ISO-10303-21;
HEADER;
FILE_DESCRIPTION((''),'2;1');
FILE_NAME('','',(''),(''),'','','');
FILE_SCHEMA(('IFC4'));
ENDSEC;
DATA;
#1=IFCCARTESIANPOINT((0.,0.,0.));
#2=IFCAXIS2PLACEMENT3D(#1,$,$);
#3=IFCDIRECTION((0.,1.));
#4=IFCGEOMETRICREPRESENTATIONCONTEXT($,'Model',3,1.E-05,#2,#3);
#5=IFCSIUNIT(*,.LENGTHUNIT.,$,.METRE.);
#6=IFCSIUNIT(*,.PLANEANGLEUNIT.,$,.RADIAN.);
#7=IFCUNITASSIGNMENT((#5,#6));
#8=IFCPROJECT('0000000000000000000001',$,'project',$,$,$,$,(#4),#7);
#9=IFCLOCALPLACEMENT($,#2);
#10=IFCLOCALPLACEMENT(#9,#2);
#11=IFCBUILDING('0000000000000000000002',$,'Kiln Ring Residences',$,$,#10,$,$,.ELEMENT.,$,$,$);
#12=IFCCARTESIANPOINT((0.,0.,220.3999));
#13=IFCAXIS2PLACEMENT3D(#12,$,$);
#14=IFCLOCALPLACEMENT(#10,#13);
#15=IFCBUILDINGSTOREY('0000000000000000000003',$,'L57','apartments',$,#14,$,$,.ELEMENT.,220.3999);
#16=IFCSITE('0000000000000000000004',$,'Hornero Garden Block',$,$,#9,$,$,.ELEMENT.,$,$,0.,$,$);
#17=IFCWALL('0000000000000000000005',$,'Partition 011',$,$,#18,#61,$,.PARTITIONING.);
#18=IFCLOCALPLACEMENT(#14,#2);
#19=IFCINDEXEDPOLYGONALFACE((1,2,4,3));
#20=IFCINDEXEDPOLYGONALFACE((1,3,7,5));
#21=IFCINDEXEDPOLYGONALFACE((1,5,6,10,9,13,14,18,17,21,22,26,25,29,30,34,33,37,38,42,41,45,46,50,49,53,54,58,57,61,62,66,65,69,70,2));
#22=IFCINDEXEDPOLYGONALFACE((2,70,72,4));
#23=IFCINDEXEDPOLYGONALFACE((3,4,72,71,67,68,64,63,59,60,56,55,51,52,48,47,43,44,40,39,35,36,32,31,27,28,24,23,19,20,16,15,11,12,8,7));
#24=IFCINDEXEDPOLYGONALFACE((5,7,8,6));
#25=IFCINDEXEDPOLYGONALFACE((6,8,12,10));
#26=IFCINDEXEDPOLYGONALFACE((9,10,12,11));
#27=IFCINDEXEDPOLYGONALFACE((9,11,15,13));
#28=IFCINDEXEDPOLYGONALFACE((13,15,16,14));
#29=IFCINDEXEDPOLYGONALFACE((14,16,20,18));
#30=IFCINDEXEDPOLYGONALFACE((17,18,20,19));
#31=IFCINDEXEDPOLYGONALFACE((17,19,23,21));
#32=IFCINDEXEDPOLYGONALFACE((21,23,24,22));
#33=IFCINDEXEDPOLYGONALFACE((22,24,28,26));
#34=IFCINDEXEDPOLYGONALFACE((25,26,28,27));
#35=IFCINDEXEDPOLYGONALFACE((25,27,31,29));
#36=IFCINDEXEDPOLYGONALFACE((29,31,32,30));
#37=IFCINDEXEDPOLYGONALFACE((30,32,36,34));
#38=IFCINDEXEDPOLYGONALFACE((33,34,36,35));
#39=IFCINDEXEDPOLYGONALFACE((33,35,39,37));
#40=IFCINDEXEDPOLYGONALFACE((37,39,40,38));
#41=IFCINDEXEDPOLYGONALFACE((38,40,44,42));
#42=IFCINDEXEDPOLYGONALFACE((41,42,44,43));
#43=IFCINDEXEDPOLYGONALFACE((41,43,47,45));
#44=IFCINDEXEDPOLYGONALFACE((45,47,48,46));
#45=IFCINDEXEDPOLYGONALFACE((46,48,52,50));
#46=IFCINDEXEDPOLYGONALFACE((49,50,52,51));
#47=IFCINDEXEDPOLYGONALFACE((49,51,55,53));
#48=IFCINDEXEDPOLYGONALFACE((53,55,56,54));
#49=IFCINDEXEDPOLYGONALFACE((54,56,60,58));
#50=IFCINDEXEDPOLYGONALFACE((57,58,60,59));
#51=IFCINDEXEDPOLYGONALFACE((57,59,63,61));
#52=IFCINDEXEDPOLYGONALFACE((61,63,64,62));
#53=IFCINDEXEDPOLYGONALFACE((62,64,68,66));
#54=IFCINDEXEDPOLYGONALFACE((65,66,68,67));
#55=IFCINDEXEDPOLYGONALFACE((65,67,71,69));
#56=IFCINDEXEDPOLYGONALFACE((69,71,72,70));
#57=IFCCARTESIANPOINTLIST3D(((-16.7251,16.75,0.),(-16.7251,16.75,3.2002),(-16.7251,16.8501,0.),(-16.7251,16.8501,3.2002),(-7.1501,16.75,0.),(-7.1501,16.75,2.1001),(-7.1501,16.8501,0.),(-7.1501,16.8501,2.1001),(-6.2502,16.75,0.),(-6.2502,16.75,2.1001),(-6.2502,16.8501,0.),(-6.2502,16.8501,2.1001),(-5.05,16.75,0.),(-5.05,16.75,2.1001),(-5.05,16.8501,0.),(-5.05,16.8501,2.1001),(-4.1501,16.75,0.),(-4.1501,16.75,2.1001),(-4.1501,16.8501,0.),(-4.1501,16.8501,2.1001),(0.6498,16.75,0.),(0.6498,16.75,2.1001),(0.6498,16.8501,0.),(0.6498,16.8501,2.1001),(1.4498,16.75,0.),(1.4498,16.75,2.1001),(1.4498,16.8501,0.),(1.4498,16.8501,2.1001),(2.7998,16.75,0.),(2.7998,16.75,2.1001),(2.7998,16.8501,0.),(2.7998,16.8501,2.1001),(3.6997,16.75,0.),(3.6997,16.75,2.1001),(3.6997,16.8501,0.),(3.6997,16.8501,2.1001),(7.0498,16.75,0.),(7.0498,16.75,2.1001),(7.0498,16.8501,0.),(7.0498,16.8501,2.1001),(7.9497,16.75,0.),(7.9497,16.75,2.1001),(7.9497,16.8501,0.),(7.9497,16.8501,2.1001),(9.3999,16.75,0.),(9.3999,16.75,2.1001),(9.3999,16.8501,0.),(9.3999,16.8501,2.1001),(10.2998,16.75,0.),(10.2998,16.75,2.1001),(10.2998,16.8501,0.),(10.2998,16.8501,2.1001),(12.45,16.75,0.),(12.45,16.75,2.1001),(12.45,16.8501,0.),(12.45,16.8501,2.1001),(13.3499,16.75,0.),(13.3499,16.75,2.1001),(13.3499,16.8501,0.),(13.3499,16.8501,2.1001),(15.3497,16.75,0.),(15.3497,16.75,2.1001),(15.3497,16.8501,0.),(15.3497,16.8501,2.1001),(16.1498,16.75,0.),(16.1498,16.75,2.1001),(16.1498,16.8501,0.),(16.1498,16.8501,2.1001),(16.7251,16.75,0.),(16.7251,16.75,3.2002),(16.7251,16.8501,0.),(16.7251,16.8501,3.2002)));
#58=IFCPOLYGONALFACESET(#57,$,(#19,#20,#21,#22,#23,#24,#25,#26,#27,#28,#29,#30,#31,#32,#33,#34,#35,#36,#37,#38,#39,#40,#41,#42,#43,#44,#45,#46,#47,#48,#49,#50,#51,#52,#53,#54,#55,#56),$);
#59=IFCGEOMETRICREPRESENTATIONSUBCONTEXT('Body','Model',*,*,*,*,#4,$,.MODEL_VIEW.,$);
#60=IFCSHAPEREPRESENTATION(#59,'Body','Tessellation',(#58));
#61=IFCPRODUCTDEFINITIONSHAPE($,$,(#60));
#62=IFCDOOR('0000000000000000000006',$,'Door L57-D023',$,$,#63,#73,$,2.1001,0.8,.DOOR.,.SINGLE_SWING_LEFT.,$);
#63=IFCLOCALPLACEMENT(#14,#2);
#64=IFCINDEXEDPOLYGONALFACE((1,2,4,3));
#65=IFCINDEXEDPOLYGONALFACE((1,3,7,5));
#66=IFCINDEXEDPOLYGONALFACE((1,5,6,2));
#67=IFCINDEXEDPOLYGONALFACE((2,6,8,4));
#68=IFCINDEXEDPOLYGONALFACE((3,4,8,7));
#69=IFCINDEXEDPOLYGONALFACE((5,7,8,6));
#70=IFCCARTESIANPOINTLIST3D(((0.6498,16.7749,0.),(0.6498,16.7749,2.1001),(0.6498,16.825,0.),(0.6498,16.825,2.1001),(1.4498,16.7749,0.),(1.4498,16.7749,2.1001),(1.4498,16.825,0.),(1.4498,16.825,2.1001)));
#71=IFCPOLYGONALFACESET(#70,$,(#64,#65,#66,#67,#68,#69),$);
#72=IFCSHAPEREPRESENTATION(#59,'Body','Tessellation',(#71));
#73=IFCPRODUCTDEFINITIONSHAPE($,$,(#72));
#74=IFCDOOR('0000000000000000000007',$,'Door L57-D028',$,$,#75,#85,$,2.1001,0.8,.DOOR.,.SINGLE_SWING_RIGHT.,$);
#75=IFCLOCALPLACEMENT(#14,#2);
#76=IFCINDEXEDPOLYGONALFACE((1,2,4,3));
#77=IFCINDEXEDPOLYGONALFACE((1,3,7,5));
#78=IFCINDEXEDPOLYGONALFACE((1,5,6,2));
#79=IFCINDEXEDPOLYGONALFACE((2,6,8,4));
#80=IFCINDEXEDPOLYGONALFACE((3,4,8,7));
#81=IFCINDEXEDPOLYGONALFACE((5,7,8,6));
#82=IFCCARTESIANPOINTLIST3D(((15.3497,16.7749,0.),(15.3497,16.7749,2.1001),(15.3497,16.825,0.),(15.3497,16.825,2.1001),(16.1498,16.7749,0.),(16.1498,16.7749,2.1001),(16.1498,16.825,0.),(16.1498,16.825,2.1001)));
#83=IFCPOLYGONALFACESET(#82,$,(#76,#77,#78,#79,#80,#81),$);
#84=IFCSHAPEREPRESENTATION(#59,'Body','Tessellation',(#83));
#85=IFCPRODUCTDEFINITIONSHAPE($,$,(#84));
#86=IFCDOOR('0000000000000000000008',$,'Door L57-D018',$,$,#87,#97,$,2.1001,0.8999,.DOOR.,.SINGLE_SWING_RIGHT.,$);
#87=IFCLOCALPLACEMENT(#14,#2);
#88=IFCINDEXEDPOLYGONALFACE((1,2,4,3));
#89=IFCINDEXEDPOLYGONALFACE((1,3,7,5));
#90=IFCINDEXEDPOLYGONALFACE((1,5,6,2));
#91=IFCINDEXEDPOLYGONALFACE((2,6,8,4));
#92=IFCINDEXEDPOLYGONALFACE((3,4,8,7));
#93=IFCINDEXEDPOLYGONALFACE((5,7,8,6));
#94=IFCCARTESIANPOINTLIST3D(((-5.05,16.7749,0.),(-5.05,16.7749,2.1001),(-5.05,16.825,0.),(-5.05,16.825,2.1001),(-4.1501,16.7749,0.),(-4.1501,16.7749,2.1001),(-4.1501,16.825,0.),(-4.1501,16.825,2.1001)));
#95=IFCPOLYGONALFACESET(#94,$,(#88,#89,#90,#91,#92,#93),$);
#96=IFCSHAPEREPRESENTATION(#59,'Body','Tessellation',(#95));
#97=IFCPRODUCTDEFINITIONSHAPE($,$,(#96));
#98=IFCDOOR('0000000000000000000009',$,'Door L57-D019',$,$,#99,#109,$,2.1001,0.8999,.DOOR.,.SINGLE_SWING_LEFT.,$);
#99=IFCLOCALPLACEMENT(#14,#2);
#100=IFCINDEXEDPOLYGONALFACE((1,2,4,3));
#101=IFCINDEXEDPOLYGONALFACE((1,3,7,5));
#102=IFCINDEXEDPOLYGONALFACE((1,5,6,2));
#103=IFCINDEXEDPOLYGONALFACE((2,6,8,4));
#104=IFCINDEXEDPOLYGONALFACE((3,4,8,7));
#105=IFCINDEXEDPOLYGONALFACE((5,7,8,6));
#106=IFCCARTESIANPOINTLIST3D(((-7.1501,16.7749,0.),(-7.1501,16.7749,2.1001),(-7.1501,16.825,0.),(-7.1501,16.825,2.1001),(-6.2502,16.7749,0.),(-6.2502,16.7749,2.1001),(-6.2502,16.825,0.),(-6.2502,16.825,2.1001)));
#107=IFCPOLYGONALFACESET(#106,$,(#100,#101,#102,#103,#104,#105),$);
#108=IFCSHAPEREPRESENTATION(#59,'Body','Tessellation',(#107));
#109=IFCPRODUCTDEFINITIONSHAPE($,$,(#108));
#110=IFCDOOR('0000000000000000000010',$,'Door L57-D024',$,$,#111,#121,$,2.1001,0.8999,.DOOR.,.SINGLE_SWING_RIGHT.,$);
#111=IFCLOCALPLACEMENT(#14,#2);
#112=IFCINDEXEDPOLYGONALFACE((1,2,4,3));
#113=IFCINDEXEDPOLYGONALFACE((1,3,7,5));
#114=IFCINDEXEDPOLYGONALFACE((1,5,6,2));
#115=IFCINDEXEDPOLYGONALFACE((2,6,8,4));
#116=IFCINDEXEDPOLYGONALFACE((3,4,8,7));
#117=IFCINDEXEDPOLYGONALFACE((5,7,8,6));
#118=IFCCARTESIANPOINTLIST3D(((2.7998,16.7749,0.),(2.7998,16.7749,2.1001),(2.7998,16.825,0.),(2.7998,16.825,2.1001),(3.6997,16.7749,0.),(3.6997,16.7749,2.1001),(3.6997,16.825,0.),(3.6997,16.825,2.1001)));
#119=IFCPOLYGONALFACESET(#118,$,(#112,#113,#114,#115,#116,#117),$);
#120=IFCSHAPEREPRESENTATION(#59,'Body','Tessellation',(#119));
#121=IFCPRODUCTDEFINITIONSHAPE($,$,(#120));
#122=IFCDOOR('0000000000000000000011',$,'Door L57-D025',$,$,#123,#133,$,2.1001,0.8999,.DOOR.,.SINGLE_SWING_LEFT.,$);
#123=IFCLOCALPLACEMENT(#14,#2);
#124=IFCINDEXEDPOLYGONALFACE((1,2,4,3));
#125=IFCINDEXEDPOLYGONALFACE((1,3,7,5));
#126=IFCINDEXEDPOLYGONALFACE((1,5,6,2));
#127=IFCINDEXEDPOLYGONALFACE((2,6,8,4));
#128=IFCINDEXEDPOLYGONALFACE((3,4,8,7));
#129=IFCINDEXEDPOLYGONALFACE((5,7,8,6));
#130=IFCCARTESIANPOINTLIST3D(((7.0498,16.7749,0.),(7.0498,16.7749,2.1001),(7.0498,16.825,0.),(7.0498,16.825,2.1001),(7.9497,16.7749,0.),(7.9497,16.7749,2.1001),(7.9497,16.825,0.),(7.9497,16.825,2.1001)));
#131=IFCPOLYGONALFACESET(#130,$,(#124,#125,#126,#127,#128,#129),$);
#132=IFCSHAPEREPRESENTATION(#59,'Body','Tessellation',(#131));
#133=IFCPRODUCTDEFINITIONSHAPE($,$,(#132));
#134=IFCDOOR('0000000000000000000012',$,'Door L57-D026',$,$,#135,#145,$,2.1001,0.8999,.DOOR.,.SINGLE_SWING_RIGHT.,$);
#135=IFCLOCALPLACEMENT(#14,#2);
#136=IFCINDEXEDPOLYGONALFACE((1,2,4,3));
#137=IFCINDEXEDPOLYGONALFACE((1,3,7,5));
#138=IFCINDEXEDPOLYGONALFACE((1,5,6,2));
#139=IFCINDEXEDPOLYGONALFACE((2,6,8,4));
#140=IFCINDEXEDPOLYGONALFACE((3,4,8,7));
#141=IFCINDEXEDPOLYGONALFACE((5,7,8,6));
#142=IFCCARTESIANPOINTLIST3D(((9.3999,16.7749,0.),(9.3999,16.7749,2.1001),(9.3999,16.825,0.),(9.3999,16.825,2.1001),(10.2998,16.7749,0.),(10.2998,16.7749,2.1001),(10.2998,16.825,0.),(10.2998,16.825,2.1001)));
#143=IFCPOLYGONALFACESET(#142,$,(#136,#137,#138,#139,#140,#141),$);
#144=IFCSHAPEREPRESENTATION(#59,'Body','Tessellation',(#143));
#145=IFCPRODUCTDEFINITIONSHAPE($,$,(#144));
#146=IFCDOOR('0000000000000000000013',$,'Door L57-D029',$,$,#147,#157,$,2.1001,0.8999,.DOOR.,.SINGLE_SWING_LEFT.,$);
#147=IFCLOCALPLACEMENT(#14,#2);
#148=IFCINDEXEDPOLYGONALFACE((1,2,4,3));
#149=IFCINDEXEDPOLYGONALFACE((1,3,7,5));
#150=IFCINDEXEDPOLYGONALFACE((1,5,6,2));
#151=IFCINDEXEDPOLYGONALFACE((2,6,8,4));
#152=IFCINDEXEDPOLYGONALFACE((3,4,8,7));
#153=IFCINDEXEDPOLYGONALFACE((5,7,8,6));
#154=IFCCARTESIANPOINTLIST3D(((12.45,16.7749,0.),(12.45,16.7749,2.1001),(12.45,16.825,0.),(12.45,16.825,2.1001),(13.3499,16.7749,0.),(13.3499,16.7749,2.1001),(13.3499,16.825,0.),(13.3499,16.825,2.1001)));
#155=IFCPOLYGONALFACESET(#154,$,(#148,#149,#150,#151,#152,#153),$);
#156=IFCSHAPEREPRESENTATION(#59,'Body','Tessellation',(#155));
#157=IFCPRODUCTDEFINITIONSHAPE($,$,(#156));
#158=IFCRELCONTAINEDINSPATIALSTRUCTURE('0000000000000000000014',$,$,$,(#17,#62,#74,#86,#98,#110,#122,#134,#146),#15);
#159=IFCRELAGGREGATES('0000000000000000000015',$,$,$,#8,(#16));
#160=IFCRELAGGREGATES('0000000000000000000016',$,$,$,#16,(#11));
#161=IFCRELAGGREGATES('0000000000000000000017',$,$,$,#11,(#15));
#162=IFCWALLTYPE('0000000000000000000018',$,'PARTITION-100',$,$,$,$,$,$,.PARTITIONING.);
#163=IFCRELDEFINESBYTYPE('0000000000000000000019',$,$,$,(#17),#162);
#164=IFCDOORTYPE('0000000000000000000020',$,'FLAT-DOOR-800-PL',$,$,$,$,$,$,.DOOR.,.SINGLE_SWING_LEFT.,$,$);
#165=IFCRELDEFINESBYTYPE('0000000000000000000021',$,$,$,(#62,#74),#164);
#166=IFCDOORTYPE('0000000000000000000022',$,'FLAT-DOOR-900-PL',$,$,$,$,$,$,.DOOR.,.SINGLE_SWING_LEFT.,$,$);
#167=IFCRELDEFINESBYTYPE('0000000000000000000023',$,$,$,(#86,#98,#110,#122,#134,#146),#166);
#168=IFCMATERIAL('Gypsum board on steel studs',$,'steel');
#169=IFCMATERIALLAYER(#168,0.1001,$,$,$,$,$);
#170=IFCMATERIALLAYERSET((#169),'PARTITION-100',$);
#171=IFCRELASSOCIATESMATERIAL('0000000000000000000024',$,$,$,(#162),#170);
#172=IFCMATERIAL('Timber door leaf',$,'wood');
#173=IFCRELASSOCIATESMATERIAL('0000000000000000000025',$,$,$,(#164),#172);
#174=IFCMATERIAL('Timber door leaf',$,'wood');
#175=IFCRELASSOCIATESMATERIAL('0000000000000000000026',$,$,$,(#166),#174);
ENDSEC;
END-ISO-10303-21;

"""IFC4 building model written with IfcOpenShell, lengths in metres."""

from ifc_helpers import new_model, si_unit, direction, frame, frame_2d, origin, place, context, subcontext, project, spatial, rectangle, extrude, material, layer, layer_set, type_object, element, fill, save


model = new_model("IFC4")

# Units and contexts
model_context = context("Model", 3, precision=1e-05, world=origin(), true_north=direction((0.0, 1.0)))
body_context = subcontext(model_context, "Body", "Model", "MODEL_VIEW")
ifc_project = project(units=[si_unit("LENGTHUNIT", "METRE"), si_unit("PLANEANGLEUNIT", "RADIAN")], contexts=[model_context])

# Site, building, storey
site_placement = place(None, origin())
site = spatial("IfcSite", under=ifc_project, at=site_placement, Name="Hornero Garden Block", CompositionType="ELEMENT", RefElevation=0.0)
building_placement = place(site_placement, origin())
building = spatial("IfcBuilding", under=site, at=building_placement, Name="Kiln Ring Residences", CompositionType="ELEMENT")
storey_placement = place(building_placement, frame((0.0, 0.0, 220.3999)))
storey = spatial("IfcBuildingStorey", under=building, at=storey_placement, Name="L57", Description="apartments", CompositionType="ELEMENT", Elevation=220.3999)

# Wall, openings, doors
ifc_material_1 = material(Name="Gypsum board on steel studs", Category="steel")
ifc_layer_1 = layer(ifc_material_1, 0.1001)
ifc_layer_set_1 = layer_set([ifc_layer_1], Name="PARTITION-100")
wall_type_1 = type_object("IfcWallType", Name="PARTITION-100", PredefinedType="PARTITIONING", material=ifc_layer_set_1)
wall_1_placement = place(storey_placement, frame((-16.7251, 16.8, 0.0), z_axis=(0.0, 0.0, 1.0), x_axis=(1.0, 0.0, 0.0)))
wall_1 = element("IfcWall", 1, at=wall_1_placement, inside=storey, type_object=wall_type_1, Name="Partition 011", PredefinedType="PARTITIONING", context=body_context, shape_type="SweptSolid", body=[
    extrude(rectangle(XDim=33.4502, YDim=0.1001, at=frame_2d((16.7251, 0.0))), origin(), (0.0, 0.0, 1.0), 3.2002),
])
opening_1_placement = place(wall_1_placement, frame((11.675, 0.0, 0.0)))
opening_1 = element("IfcOpeningElement", 2, at=opening_1_placement, cuts=wall_1, PredefinedType="OPENING", context=body_context, shape_type="SweptSolid", body=[
    extrude(rectangle(XDim=0.8999, YDim=2.1001, at=frame_2d((0.45, 1.05))), frame((0.0, 0.0601, 0.0), z_axis=(0.0, -1.0, 0.0), x_axis=(1.0, 0.0, 0.0)), (0.0, 0.0, 1.0), 0.1201),
])
opening_2_placement = place(wall_1_placement, frame((9.575, 0.0, 0.0)))
opening_2 = element("IfcOpeningElement", 3, at=opening_2_placement, cuts=wall_1, PredefinedType="OPENING", context=body_context, shape_type="SweptSolid", body=[
    extrude(rectangle(XDim=0.8999, YDim=2.1001, at=frame_2d((0.45, 1.05))), frame((0.0, 0.0601, 0.0), z_axis=(0.0, -1.0, 0.0), x_axis=(1.0, 0.0, 0.0)), (0.0, 0.0, 1.0), 0.1201),
])
opening_3_placement = place(wall_1_placement, frame((17.375, 0.0, 0.0)))
opening_3 = element("IfcOpeningElement", 4, at=opening_3_placement, cuts=wall_1, PredefinedType="OPENING", context=body_context, shape_type="SweptSolid", body=[
    extrude(rectangle(XDim=0.8, YDim=2.1001, at=frame_2d((0.3999, 1.05))), frame((0.0, 0.0601, 0.0), z_axis=(0.0, -1.0, 0.0), x_axis=(1.0, 0.0, 0.0)), (0.0, 0.0, 1.0), 0.1201),
])
opening_4_placement = place(wall_1_placement, frame((19.5249, 0.0, 0.0)))
opening_4 = element("IfcOpeningElement", 5, at=opening_4_placement, cuts=wall_1, PredefinedType="OPENING", context=body_context, shape_type="SweptSolid", body=[
    extrude(rectangle(XDim=0.8999, YDim=2.1001, at=frame_2d((0.45, 1.05))), frame((0.0, 0.0601, 0.0), z_axis=(0.0, -1.0, 0.0), x_axis=(1.0, 0.0, 0.0)), (0.0, 0.0, 1.0), 0.1201),
])
opening_5_placement = place(wall_1_placement, frame((23.7749, 0.0, 0.0)))
opening_5 = element("IfcOpeningElement", 6, at=opening_5_placement, cuts=wall_1, PredefinedType="OPENING", context=body_context, shape_type="SweptSolid", body=[
    extrude(rectangle(XDim=0.8999, YDim=2.1001, at=frame_2d((0.45, 1.05))), frame((0.0, 0.0601, 0.0), z_axis=(0.0, -1.0, 0.0), x_axis=(1.0, 0.0, 0.0)), (0.0, 0.0, 1.0), 0.1201),
])
opening_6_placement = place(wall_1_placement, frame((26.125, 0.0, 0.0)))
opening_6 = element("IfcOpeningElement", 7, at=opening_6_placement, cuts=wall_1, PredefinedType="OPENING", context=body_context, shape_type="SweptSolid", body=[
    extrude(rectangle(XDim=0.8999, YDim=2.1001, at=frame_2d((0.45, 1.05))), frame((0.0, 0.0601, 0.0), z_axis=(0.0, -1.0, 0.0), x_axis=(1.0, 0.0, 0.0)), (0.0, 0.0, 1.0), 0.1201),
])
opening_7_placement = place(wall_1_placement, frame((32.075, 0.0, 0.0)))
opening_7 = element("IfcOpeningElement", 8, at=opening_7_placement, cuts=wall_1, PredefinedType="OPENING", context=body_context, shape_type="SweptSolid", body=[
    extrude(rectangle(XDim=0.8, YDim=2.1001, at=frame_2d((0.3999, 1.05))), frame((0.0, 0.0601, 0.0), z_axis=(0.0, -1.0, 0.0), x_axis=(1.0, 0.0, 0.0)), (0.0, 0.0, 1.0), 0.1201),
])
opening_8_placement = place(wall_1_placement, frame((29.175, 0.0, 0.0)))
opening_8 = element("IfcOpeningElement", 9, at=opening_8_placement, cuts=wall_1, PredefinedType="OPENING", context=body_context, shape_type="SweptSolid", body=[
    extrude(rectangle(XDim=0.8999, YDim=2.1001, at=frame_2d((0.45, 1.05))), frame((0.0, 0.0601, 0.0), z_axis=(0.0, -1.0, 0.0), x_axis=(1.0, 0.0, 0.0)), (0.0, 0.0, 1.0), 0.1201),
])
ifc_material_2 = material(Name="Timber door leaf", Category="wood")
door_type_1 = type_object("IfcDoorType", Name="FLAT-DOOR-800-PL", OperationType="SINGLE_SWING_LEFT", PredefinedType="DOOR", material=ifc_material_2)
door_1_placement = place(opening_3_placement, origin())
door_1 = element("IfcDoor", 10, at=door_1_placement, inside=storey, type_object=door_type_1, Name="Door L57-D023", OperationType="SINGLE_SWING_LEFT", OverallHeight=2.1001, OverallWidth=0.8, PredefinedType="DOOR", context=body_context, shape_type="SweptSolid", body=[
    extrude(rectangle(XDim=0.8, YDim=2.1001, at=frame_2d((0.3999, 1.05))), frame((0.0, 0.0249, 0.0), z_axis=(0.0, -1.0, 0.0), x_axis=(1.0, 0.0, 0.0)), (0.0, 0.0, 1.0), 0.05),
])
fill(opening_3, door_1)
door_2_placement = place(opening_7_placement, origin())
door_2 = element("IfcDoor", 11, at=door_2_placement, inside=storey, type_object=door_type_1, Name="Door L57-D028", OperationType="SINGLE_SWING_RIGHT", OverallHeight=2.1001, OverallWidth=0.8, PredefinedType="DOOR", context=body_context, shape_type="SweptSolid", body=[
    extrude(rectangle(XDim=0.8, YDim=2.1001, at=frame_2d((0.3999, 1.05))), frame((0.0, 0.0249, 0.0), z_axis=(0.0, -1.0, 0.0), x_axis=(1.0, 0.0, 0.0)), (0.0, 0.0, 1.0), 0.05),
])
fill(opening_7, door_2)
ifc_material_3 = material(Name="Timber door leaf", Category="wood")
door_type_2 = type_object("IfcDoorType", Name="FLAT-DOOR-900-PL", OperationType="SINGLE_SWING_LEFT", PredefinedType="DOOR", material=ifc_material_3)
door_3_placement = place(opening_1_placement, origin())
door_3 = element("IfcDoor", 12, at=door_3_placement, inside=storey, type_object=door_type_2, Name="Door L57-D018", OperationType="SINGLE_SWING_RIGHT", OverallHeight=2.1001, OverallWidth=0.8999, PredefinedType="DOOR", context=body_context, shape_type="SweptSolid", body=[
    extrude(rectangle(XDim=0.8999, YDim=2.1001, at=frame_2d((0.45, 1.05))), frame((0.0, 0.0249, 0.0), z_axis=(0.0, -1.0, 0.0), x_axis=(1.0, 0.0, 0.0)), (0.0, 0.0, 1.0), 0.05),
])
fill(opening_1, door_3)
door_4_placement = place(opening_2_placement, origin())
door_4 = element("IfcDoor", 13, at=door_4_placement, inside=storey, type_object=door_type_2, Name="Door L57-D019", OperationType="SINGLE_SWING_LEFT", OverallHeight=2.1001, OverallWidth=0.8999, PredefinedType="DOOR", context=body_context, shape_type="SweptSolid", body=[
    extrude(rectangle(XDim=0.8999, YDim=2.1001, at=frame_2d((0.45, 1.05))), frame((0.0, 0.0249, 0.0), z_axis=(0.0, -1.0, 0.0), x_axis=(1.0, 0.0, 0.0)), (0.0, 0.0, 1.0), 0.05),
])
fill(opening_2, door_4)
door_5_placement = place(opening_4_placement, origin())
door_5 = element("IfcDoor", 14, at=door_5_placement, inside=storey, type_object=door_type_2, Name="Door L57-D024", OperationType="SINGLE_SWING_RIGHT", OverallHeight=2.1001, OverallWidth=0.8999, PredefinedType="DOOR", context=body_context, shape_type="SweptSolid", body=[
    extrude(rectangle(XDim=0.8999, YDim=2.1001, at=frame_2d((0.45, 1.05))), frame((0.0, 0.0249, 0.0), z_axis=(0.0, -1.0, 0.0), x_axis=(1.0, 0.0, 0.0)), (0.0, 0.0, 1.0), 0.05),
])
fill(opening_4, door_5)
door_6_placement = place(opening_5_placement, origin())
door_6 = element("IfcDoor", 15, at=door_6_placement, inside=storey, type_object=door_type_2, Name="Door L57-D025", OperationType="SINGLE_SWING_LEFT", OverallHeight=2.1001, OverallWidth=0.8999, PredefinedType="DOOR", context=body_context, shape_type="SweptSolid", body=[
    extrude(rectangle(XDim=0.8999, YDim=2.1001, at=frame_2d((0.45, 1.05))), frame((0.0, 0.0249, 0.0), z_axis=(0.0, -1.0, 0.0), x_axis=(1.0, 0.0, 0.0)), (0.0, 0.0, 1.0), 0.05),
])
fill(opening_5, door_6)
door_7_placement = place(opening_6_placement, origin())
door_7 = element("IfcDoor", 16, at=door_7_placement, inside=storey, type_object=door_type_2, Name="Door L57-D026", OperationType="SINGLE_SWING_RIGHT", OverallHeight=2.1001, OverallWidth=0.8999, PredefinedType="DOOR", context=body_context, shape_type="SweptSolid", body=[
    extrude(rectangle(XDim=0.8999, YDim=2.1001, at=frame_2d((0.45, 1.05))), frame((0.0, 0.0249, 0.0), z_axis=(0.0, -1.0, 0.0), x_axis=(1.0, 0.0, 0.0)), (0.0, 0.0, 1.0), 0.05),
])
fill(opening_6, door_7)
door_8_placement = place(opening_8_placement, origin())
door_8 = element("IfcDoor", 17, at=door_8_placement, inside=storey, type_object=door_type_2, Name="Door L57-D029", OperationType="SINGLE_SWING_LEFT", OverallHeight=2.1001, OverallWidth=0.8999, PredefinedType="DOOR", context=body_context, shape_type="SweptSolid", body=[
    extrude(rectangle(XDim=0.8999, YDim=2.1001, at=frame_2d((0.45, 1.05))), frame((0.0, 0.0249, 0.0), z_axis=(0.0, -1.0, 0.0), x_axis=(1.0, 0.0, 0.0)), (0.0, 0.0, 1.0), 0.05),
])
fill(opening_8, door_8)

save(model, "model.ifc")
